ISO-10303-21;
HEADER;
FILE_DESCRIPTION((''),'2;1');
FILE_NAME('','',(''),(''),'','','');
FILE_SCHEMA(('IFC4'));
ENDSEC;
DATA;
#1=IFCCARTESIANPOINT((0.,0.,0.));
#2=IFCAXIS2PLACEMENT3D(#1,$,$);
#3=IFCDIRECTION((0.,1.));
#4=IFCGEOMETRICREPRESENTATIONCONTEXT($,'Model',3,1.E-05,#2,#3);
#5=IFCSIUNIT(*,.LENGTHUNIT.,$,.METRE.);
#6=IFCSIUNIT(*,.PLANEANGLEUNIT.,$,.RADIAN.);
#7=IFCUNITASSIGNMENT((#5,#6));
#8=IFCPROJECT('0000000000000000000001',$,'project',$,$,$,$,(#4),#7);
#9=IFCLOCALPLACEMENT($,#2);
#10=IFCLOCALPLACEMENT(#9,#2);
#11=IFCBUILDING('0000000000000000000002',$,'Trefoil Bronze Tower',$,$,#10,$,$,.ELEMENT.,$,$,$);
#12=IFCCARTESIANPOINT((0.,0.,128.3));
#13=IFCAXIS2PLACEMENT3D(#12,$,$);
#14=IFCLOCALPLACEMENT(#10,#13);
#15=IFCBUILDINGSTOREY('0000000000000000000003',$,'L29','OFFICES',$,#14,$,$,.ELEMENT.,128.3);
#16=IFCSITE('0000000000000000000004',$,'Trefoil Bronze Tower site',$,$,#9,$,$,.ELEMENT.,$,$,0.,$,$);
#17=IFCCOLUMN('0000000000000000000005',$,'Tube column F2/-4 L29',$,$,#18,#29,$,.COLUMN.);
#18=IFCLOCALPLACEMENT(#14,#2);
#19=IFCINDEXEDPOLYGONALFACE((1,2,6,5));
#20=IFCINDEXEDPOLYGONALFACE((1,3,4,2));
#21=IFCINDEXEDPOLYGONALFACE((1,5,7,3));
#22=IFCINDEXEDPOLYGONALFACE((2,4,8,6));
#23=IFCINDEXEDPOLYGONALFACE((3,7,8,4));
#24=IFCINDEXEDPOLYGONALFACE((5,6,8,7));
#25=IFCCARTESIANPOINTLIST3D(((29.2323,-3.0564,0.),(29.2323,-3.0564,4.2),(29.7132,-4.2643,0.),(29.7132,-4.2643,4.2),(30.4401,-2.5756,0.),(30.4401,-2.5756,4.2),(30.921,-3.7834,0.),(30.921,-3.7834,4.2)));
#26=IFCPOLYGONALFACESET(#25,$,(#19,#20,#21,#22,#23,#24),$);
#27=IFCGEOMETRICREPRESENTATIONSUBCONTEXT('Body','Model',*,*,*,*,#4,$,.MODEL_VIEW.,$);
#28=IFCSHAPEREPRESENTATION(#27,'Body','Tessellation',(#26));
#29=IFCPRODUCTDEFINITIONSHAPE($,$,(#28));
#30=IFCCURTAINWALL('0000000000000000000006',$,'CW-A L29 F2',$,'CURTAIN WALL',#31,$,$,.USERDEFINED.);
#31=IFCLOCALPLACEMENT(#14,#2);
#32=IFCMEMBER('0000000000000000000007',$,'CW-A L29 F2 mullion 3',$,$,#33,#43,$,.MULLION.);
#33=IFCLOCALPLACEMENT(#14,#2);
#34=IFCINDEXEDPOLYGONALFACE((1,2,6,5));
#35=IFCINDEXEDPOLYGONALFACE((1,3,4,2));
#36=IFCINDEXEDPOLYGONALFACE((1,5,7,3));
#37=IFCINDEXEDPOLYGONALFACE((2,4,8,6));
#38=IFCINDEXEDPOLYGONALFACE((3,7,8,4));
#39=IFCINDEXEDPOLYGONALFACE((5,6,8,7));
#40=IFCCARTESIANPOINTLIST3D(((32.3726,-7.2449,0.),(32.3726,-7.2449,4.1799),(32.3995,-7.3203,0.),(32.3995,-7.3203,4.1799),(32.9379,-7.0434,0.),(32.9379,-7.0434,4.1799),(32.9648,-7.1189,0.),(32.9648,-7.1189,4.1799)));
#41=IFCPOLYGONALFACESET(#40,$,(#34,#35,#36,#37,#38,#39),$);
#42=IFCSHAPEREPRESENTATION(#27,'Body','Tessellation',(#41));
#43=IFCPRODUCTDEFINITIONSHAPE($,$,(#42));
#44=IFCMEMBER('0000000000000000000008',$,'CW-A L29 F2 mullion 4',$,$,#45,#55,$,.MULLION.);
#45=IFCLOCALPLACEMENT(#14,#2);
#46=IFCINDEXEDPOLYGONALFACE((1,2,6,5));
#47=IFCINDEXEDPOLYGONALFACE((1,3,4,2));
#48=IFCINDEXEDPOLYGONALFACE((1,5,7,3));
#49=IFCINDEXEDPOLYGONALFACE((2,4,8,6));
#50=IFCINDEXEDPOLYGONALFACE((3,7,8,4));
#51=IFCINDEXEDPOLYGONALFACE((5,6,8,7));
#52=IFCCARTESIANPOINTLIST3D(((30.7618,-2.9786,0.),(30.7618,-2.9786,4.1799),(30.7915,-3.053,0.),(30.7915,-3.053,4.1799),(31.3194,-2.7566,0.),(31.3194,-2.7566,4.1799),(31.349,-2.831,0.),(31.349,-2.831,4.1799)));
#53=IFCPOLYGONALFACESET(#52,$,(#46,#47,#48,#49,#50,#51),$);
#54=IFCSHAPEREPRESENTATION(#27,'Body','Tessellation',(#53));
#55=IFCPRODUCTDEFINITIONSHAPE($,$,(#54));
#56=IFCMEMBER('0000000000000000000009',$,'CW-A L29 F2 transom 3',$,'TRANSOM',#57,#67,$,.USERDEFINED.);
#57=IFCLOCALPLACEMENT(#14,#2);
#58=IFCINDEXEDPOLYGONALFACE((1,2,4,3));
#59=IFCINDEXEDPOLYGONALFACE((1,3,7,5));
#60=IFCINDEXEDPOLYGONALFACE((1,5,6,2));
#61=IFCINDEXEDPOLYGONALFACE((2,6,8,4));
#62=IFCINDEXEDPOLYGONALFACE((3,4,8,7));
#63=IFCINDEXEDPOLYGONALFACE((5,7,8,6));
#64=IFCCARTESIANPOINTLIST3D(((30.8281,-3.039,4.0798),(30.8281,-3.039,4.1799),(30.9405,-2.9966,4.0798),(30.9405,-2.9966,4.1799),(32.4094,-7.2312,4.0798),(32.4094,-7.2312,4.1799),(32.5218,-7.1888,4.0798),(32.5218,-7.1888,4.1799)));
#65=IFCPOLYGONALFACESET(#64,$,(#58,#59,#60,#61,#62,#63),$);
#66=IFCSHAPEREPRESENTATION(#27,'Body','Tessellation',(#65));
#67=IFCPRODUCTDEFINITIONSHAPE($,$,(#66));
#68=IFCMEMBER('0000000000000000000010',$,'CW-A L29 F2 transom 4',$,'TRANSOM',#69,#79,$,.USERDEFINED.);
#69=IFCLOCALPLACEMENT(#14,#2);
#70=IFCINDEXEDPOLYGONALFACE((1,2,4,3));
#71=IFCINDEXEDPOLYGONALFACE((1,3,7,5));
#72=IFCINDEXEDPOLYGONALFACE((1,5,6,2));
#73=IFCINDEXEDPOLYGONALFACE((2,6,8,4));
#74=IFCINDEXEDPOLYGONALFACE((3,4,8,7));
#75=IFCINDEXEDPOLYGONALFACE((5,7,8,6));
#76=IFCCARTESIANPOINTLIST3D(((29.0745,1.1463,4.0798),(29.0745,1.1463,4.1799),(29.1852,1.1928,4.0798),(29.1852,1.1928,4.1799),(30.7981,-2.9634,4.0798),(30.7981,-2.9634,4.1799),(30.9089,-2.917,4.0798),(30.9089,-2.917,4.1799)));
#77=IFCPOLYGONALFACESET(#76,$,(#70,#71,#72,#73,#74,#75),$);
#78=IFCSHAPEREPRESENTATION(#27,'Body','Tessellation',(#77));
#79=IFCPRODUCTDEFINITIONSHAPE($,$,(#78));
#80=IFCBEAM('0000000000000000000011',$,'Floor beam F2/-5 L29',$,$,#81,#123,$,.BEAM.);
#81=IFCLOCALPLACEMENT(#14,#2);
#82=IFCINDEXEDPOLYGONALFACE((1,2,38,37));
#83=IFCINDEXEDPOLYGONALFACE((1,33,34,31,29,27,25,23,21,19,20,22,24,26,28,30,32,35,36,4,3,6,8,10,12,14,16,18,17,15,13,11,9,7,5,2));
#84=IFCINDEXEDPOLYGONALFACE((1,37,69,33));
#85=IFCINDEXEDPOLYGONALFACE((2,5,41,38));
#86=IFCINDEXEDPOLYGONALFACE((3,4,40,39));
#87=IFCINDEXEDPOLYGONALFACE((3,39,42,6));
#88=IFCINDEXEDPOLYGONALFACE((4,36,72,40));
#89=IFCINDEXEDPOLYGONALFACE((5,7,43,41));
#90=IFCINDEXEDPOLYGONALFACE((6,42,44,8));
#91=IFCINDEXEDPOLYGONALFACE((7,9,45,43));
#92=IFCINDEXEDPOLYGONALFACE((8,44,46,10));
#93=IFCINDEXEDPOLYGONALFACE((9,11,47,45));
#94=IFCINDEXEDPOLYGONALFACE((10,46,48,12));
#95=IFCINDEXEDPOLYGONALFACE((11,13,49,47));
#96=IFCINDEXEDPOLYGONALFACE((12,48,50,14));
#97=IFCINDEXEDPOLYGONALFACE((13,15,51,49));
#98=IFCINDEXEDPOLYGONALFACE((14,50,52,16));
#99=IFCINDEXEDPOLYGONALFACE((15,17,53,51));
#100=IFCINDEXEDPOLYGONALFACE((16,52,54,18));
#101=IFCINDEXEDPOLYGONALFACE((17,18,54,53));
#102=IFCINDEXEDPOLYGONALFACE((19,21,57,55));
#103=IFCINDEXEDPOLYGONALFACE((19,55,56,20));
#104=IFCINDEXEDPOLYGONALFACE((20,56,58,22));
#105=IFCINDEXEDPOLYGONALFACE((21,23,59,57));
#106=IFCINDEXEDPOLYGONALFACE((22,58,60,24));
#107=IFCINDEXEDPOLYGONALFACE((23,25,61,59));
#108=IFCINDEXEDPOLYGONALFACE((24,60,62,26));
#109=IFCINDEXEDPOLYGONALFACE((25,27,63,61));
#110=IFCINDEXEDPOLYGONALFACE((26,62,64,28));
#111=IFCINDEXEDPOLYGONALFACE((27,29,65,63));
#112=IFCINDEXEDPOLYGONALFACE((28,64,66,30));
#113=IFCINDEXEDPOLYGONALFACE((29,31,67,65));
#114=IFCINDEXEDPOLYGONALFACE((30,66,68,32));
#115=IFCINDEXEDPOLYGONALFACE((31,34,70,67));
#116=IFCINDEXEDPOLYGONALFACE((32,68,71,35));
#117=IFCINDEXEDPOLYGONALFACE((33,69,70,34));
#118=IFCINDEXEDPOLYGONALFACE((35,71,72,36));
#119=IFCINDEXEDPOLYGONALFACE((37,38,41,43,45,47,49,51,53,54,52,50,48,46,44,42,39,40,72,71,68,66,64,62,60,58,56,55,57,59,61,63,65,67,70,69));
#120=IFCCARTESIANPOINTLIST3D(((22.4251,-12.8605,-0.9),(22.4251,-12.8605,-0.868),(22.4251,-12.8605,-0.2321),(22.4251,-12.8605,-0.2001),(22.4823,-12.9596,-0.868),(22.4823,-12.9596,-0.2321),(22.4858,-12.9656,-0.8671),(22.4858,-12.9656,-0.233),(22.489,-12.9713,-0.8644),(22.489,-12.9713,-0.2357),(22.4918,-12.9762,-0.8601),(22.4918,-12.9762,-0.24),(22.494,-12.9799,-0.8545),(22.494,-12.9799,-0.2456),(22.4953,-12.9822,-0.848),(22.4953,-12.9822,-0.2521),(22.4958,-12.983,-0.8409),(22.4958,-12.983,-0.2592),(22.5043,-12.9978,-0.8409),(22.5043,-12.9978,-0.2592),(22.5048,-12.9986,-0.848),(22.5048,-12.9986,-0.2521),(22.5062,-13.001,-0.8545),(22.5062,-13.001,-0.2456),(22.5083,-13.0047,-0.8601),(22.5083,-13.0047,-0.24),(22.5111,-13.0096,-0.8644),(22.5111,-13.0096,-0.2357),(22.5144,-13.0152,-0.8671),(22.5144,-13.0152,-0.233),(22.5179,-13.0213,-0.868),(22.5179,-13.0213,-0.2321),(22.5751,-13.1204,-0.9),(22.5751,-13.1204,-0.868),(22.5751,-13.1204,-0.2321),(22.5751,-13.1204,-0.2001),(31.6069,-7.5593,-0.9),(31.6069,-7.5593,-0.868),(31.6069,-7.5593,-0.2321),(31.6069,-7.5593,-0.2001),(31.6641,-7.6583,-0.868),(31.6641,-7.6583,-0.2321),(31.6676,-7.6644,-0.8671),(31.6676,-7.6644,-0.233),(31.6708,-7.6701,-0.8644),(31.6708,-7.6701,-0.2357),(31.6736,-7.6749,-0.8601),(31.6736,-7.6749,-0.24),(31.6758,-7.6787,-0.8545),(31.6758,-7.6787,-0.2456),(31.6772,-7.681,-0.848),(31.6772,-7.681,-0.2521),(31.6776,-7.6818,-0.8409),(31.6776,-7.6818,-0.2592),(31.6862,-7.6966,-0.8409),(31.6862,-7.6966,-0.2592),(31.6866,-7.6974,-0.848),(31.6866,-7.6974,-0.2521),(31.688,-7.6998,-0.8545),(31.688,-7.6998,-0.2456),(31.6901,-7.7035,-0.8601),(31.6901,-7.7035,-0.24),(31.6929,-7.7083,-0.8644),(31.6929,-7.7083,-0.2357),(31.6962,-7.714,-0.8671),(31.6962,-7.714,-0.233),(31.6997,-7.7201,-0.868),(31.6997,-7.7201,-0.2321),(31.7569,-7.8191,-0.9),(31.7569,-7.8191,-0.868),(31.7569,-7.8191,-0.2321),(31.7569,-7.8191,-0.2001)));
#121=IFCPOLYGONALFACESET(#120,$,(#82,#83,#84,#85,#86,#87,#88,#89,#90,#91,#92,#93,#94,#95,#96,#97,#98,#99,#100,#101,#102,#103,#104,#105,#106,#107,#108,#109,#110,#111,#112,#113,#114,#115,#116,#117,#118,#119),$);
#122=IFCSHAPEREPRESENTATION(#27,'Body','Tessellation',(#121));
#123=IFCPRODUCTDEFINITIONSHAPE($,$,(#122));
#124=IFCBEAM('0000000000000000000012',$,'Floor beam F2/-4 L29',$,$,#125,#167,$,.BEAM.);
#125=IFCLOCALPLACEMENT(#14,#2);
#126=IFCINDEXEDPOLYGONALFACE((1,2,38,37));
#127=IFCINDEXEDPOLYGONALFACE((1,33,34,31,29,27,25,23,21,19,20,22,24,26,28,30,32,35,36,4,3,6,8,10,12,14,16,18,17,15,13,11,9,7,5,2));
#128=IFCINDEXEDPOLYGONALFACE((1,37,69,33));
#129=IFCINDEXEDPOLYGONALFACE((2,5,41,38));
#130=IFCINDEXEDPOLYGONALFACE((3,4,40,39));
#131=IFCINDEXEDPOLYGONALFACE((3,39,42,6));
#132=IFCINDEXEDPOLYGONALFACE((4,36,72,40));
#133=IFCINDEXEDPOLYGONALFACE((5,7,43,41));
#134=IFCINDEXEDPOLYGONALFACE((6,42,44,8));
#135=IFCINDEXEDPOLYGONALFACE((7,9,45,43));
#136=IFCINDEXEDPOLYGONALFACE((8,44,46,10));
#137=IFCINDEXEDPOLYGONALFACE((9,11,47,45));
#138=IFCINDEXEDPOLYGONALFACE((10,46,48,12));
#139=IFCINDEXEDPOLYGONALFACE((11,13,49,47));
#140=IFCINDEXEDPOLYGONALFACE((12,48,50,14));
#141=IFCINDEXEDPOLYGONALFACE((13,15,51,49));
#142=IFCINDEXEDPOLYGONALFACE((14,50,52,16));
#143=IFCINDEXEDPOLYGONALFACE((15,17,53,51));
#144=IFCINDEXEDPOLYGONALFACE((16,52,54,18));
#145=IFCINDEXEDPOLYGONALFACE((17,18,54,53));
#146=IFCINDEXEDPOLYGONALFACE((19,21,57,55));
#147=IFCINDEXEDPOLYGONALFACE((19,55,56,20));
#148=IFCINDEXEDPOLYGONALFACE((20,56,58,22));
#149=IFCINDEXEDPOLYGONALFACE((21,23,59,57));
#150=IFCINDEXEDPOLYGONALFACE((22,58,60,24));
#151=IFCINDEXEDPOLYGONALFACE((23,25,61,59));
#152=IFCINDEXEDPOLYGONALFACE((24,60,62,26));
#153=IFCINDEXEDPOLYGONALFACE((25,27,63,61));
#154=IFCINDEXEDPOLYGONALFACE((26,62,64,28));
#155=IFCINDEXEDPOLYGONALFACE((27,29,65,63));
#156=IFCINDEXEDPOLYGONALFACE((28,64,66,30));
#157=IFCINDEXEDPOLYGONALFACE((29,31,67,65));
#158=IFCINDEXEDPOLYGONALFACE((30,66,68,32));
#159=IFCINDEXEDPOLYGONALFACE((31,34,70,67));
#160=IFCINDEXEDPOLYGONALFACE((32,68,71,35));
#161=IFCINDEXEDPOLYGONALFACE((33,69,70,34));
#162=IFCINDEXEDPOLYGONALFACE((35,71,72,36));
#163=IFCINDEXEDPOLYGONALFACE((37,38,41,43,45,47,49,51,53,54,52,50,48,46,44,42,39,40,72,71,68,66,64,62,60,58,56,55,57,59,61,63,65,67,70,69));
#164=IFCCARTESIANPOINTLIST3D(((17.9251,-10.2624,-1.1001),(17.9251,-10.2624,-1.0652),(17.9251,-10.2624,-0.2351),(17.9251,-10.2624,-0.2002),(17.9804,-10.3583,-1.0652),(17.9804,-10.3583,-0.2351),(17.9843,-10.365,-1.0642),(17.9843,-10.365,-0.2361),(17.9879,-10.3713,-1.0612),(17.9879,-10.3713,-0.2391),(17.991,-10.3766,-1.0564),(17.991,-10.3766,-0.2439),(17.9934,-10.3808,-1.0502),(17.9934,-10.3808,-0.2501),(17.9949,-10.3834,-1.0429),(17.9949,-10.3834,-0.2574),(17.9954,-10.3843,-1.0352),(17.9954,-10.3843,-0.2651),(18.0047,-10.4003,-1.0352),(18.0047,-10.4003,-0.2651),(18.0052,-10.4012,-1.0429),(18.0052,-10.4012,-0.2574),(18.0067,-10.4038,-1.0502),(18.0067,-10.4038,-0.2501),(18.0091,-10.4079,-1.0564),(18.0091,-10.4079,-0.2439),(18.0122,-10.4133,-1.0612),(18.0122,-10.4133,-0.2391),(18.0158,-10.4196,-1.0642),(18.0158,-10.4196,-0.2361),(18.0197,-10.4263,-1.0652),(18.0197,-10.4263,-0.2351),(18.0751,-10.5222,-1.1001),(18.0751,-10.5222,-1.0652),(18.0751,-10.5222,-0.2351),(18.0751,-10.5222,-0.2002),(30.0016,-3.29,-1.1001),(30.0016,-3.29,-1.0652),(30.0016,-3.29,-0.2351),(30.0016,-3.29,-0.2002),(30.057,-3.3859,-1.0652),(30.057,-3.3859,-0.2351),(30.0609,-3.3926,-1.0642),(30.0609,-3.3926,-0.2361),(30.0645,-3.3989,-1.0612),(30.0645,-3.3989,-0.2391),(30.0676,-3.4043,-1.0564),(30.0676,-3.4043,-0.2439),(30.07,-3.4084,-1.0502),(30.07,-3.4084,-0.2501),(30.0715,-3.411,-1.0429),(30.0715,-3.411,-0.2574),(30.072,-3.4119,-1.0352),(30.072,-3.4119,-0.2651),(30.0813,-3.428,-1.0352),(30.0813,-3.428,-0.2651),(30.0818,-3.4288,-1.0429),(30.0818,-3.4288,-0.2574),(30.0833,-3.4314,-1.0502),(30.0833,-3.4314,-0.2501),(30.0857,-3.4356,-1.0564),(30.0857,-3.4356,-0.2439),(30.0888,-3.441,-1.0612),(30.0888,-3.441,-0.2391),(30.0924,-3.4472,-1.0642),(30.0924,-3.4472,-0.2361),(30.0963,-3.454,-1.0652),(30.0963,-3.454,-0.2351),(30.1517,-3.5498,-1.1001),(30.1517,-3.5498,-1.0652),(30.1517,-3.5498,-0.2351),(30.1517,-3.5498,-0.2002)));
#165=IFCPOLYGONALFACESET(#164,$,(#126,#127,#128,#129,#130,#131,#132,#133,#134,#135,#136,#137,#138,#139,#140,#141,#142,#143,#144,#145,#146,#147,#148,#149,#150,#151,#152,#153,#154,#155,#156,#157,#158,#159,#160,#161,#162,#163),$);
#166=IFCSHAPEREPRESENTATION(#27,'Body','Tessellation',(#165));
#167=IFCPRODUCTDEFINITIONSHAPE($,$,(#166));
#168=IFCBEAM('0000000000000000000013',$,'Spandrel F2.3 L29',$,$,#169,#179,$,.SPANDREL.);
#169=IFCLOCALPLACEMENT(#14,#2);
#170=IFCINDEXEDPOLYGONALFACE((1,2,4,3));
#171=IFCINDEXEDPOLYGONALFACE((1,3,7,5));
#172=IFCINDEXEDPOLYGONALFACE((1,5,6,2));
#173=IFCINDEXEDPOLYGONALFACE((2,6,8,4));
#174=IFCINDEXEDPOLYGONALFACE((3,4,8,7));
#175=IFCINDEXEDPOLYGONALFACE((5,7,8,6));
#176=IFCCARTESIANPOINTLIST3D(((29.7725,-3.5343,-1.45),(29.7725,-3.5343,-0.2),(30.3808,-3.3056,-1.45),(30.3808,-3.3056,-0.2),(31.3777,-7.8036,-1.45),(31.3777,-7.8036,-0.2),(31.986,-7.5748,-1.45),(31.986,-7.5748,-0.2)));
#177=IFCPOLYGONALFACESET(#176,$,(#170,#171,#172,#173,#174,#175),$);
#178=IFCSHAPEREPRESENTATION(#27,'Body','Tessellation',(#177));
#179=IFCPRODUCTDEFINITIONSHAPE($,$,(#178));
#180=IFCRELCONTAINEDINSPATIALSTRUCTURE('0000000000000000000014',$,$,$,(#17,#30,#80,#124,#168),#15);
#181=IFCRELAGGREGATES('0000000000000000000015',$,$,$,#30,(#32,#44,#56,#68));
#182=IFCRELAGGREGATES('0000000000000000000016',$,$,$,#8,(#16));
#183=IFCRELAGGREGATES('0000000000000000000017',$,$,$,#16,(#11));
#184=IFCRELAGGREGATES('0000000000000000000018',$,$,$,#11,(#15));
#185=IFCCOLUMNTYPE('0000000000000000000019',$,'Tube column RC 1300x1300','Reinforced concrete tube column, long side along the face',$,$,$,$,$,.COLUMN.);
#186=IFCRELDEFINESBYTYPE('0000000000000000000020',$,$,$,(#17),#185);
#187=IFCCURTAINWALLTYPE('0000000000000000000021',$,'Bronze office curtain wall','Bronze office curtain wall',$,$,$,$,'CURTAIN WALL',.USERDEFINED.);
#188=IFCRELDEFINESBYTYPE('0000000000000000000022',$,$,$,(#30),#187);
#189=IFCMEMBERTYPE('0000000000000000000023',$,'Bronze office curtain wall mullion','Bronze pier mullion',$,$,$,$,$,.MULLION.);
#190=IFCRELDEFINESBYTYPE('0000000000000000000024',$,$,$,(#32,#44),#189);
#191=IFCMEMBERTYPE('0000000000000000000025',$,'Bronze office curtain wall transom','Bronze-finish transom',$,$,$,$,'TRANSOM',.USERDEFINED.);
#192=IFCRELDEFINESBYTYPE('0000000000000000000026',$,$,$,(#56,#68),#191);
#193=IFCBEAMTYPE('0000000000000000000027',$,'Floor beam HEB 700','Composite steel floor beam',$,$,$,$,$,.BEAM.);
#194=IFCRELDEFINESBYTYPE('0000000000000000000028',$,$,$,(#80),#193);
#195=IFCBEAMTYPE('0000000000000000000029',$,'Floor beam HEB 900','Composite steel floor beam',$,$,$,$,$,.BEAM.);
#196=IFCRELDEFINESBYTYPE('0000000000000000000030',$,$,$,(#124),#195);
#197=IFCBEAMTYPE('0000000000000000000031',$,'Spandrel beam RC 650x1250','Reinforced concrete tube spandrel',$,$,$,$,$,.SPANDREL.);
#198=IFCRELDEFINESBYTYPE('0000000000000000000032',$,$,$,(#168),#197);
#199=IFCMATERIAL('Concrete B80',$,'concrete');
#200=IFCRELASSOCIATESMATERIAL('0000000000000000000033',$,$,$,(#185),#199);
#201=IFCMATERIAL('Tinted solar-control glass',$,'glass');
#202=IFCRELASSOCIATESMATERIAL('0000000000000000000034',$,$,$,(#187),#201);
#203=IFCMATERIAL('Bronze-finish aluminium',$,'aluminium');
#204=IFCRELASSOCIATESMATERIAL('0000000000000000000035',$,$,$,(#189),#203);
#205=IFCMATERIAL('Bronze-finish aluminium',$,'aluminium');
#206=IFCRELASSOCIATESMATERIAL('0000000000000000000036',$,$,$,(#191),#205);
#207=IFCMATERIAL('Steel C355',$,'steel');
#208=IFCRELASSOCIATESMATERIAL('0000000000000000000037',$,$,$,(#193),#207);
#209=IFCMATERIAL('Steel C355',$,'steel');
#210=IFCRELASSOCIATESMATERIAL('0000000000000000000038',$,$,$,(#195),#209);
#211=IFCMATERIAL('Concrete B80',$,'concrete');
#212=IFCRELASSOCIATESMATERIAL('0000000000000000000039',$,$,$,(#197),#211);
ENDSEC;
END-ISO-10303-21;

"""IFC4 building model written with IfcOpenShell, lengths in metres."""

from ifc_helpers import new_model, si_unit, direction, frame, origin, origin_2d, place, context, subcontext, project, spatial, rectangle, i_section, extrude, material, material_profile, profile_set, type_object, element, aggregate, save


model = new_model("IFC4")

# Units and contexts
model_context = context("Model", 3, precision=1e-05, world=origin(), true_north=direction((0.0, 1.0)))
body_context = subcontext(model_context, "Body", "Model", "MODEL_VIEW")
ifc_project = project(units=[si_unit("LENGTHUNIT", "METRE"), si_unit("PLANEANGLEUNIT", "RADIAN")], contexts=[model_context])

# Site, building, storey
site_placement = place(None, origin())
site = spatial("IfcSite", under=ifc_project, at=site_placement, Name="Trefoil Bronze Tower site", CompositionType="ELEMENT", RefElevation=0.0)
building_placement = place(site_placement, origin())
building = spatial("IfcBuilding", under=site, at=building_placement, Name="Trefoil Bronze Tower", CompositionType="ELEMENT")
storey_placement = place(building_placement, frame((0.0, 0.0, 128.3)))
storey = spatial("IfcBuildingStorey", under=building, at=storey_placement, Name="L29", Description="OFFICES", CompositionType="ELEMENT", Elevation=128.3)

# Column
ifc_material_1 = material(Name="Concrete B80", Category="concrete")
ifc_material_profile_1 = material_profile(ifc_material_1, rectangle(XDim=1.3, YDim=1.3, at=origin_2d()), Name="RC 1300x1300")
ifc_profile_set_1 = profile_set([ifc_material_profile_1], Name="Concrete B80")
column_type = type_object("IfcColumnType", Name="Tube column RC 1300x1300", Description="Reinforced concrete tube column, long side along the face", PredefinedType="COLUMN", material=ifc_profile_set_1)
column_placement = place(storey_placement, frame((30.0767, -3.4199, 0.0), z_axis=(0.0, 0.0, 1.0), x_axis=(-0.369901, 0.929071, 0.0)))
element("IfcColumn", 1, at=column_placement, inside=storey, type_object=column_type, Name="Tube column F2/-4 L29", PredefinedType="COLUMN", context=body_context, shape_type="SweptSolid", body=[
    extrude(rectangle(XDim=1.3, YDim=1.3, at=origin_2d()), origin(), (0.0, 0.0, 1.0), 4.2),
])

# Curtain wall, members
ifc_material_2 = material(Name="Tinted solar-control glass", Category="glass")
curtain_wall_type = type_object("IfcCurtainWallType", Name="Bronze office curtain wall", Description="Bronze office curtain wall", ElementType="CURTAIN WALL", PredefinedType="USERDEFINED", material=ifc_material_2)
curtain_wall_placement = place(storey_placement, origin())
curtain_wall = element("IfcCurtainWall", 2, at=curtain_wall_placement, inside=storey, type_object=curtain_wall_type, Name="CW-A L29 F2", ObjectType="CURTAIN WALL", PredefinedType="USERDEFINED")
ifc_material_3 = material(Name="Bronze-finish aluminium", Category="aluminium")
ifc_material_profile_2 = material_profile(ifc_material_3, rectangle(XDim=0.6001, YDim=0.0801, at=origin_2d()), Name="CW-A mullion")
ifc_profile_set_2 = profile_set([ifc_material_profile_2], Name="Bronze-finish aluminium")
member_type_1 = type_object("IfcMemberType", Name="Bronze office curtain wall mullion", Description="Bronze pier mullion", PredefinedType="MULLION", material=ifc_profile_set_2)
member_1_placement = place(storey_placement, frame((32.6687, -7.1819, 0.0), z_axis=(0.0, 0.0, 1.0), x_axis=(-0.941963, -0.335718, 0.0)))
member_1 = element("IfcMember", 3, at=member_1_placement, type_object=member_type_1, Name="CW-A L29 F2 mullion 3", PredefinedType="MULLION", context=body_context, shape_type="SweptSolid", body=[
    extrude(rectangle(XDim=0.6001, YDim=0.0801, at=origin_2d()), origin(), (0.0, 0.0, 1.0), 4.1799),
])
member_2_placement = place(storey_placement, frame((31.0554, -2.9048, 0.0), z_axis=(0.0, 0.0, 1.0), x_axis=(-0.929071, -0.369901, 0.0)))
member_2 = element("IfcMember", 4, at=member_2_placement, type_object=member_type_1, Name="CW-A L29 F2 mullion 4", PredefinedType="MULLION", context=body_context, shape_type="SweptSolid", body=[
    extrude(rectangle(XDim=0.6001, YDim=0.0801, at=origin_2d()), origin(), (0.0, 0.0, 1.0), 4.1799),
])
ifc_material_4 = material(Name="Bronze-finish aluminium", Category="aluminium")
ifc_material_profile_3 = material_profile(ifc_material_4, rectangle(XDim=0.1201, YDim=0.1001, at=origin_2d()), Name="CW-A transom")
ifc_profile_set_3 = profile_set([ifc_material_profile_3], Name="Bronze-finish aluminium")
member_type_2 = type_object("IfcMemberType", Name="Bronze office curtain wall transom", Description="Bronze-finish transom", ElementType="TRANSOM", PredefinedType="USERDEFINED", material=ifc_profile_set_3)
member_3_placement = place(storey_placement, frame((32.4656, -7.21, 4.1299), z_axis=(-0.352932, 0.935649, 0.0), x_axis=(-0.935649, -0.352932, 0.0)))
member_3 = element("IfcMember", 5, at=member_3_placement, type_object=member_type_2, Name="CW-A L29 F2 transom 3", ObjectType="TRANSOM", PredefinedType="USERDEFINED", context=body_context, shape_type="SweptSolid", body=[
    extrude(rectangle(XDim=0.1201, YDim=0.1001, at=origin_2d()), origin(), (0.0, 0.0, 1.0), 4.4805),
])
member_4_placement = place(storey_placement, frame((30.8535, -2.9402, 4.1299), z_axis=(-0.386773, 0.922175, 0.0), x_axis=(-0.922175, -0.386773, 0.0)))
member_4 = element("IfcMember", 6, at=member_4_placement, type_object=member_type_2, Name="CW-A L29 F2 transom 4", ObjectType="TRANSOM", PredefinedType="USERDEFINED", context=body_context, shape_type="SweptSolid", body=[
    extrude(rectangle(XDim=0.1201, YDim=0.1001, at=origin_2d()), origin(), (0.0, 0.0, 1.0), 4.4565),
])

# Beams
ifc_material_5 = material(Name="Steel C355", Category="steel")
ifc_material_profile_4 = material_profile(ifc_material_5, i_section(OverallWidth=0.3, OverallDepth=0.7, WebThickness=0.0171, FlangeThickness=0.032, FilletRadius=0.0271, at=origin_2d()), Name="HEB 700")
ifc_profile_set_4 = profile_set([ifc_material_profile_4], Name="Steel C355")
beam_type_1 = type_object("IfcBeamType", Name="Floor beam HEB 700", Description="Composite steel floor beam", PredefinedType="BEAM", material=ifc_profile_set_4)
beam_1_placement = place(storey_placement, frame((31.6819, -7.6892, -0.55), z_axis=(-0.866021, -0.500007, 0.0), x_axis=(0.500007, -0.866021, 0.0)))
element("IfcBeam", 7, at=beam_1_placement, inside=storey, type_object=beam_type_1, Name="Floor beam F2/-5 L29", PredefinedType="BEAM", context=body_context, shape_type="SweptSolid", body=[
    extrude(i_section(OverallWidth=0.3, OverallDepth=0.7, WebThickness=0.0171, FlangeThickness=0.032, FilletRadius=0.0271, at=origin_2d()), origin(), (0.0, 0.0, 1.0), 10.6023),
])
ifc_material_6 = material(Name="Steel C355", Category="steel")
ifc_material_profile_5 = material_profile(ifc_material_6, i_section(OverallWidth=0.3, OverallDepth=0.8999, WebThickness=0.0186, FlangeThickness=0.0349, FilletRadius=0.03, at=origin_2d()), Name="HEB 900")
ifc_profile_set_5 = profile_set([ifc_material_profile_5], Name="Steel C355")
beam_type_2 = type_object("IfcBeamType", Name="Floor beam HEB 900", Description="Composite steel floor beam", PredefinedType="BEAM", material=ifc_profile_set_5)
beam_2_placement = place(storey_placement, frame((30.0767, -3.4199, -0.6501), z_axis=(-0.866027, -0.499997, 0.0), x_axis=(0.499997, -0.866027, 0.0)))
element("IfcBeam", 8, at=beam_2_placement, inside=storey, type_object=beam_type_2, Name="Floor beam F2/-4 L29", PredefinedType="BEAM", context=body_context, shape_type="SweptSolid", body=[
    extrude(i_section(OverallWidth=0.3, OverallDepth=0.8999, WebThickness=0.0186, FlangeThickness=0.0349, FilletRadius=0.03, at=origin_2d()), origin(), (0.0, 0.0, 1.0), 13.9448),
])
ifc_material_7 = material(Name="Concrete B80", Category="concrete")
ifc_material_profile_6 = material_profile(ifc_material_7, rectangle(XDim=0.6499, YDim=1.25, at=origin_2d()), Name="RC 650x1250")
ifc_profile_set_6 = profile_set([ifc_material_profile_6], Name="Concrete B80")
beam_type_3 = type_object("IfcBeamType", Name="Spandrel beam RC 650x1250", Description="Reinforced concrete tube spandrel", PredefinedType="SPANDREL", material=ifc_profile_set_6)
beam_3_placement = place(storey_placement, frame((31.6819, -7.6892, -0.825), z_axis=(-0.351939, 0.936023, 0.0), x_axis=(-0.936023, -0.351939, 0.0)))
element("IfcBeam", 9, at=beam_3_placement, inside=storey, type_object=beam_type_3, Name="Spandrel F2.3 L29", PredefinedType="SPANDREL", context=body_context, shape_type="SweptSolid", body=[
    extrude(rectangle(XDim=0.6499, YDim=1.25, at=origin_2d()), origin(), (0.0, 0.0, 1.0), 4.561),
])

aggregate(curtain_wall, [member_1, member_2, member_3, member_4])

save(model, "model.ifc")
